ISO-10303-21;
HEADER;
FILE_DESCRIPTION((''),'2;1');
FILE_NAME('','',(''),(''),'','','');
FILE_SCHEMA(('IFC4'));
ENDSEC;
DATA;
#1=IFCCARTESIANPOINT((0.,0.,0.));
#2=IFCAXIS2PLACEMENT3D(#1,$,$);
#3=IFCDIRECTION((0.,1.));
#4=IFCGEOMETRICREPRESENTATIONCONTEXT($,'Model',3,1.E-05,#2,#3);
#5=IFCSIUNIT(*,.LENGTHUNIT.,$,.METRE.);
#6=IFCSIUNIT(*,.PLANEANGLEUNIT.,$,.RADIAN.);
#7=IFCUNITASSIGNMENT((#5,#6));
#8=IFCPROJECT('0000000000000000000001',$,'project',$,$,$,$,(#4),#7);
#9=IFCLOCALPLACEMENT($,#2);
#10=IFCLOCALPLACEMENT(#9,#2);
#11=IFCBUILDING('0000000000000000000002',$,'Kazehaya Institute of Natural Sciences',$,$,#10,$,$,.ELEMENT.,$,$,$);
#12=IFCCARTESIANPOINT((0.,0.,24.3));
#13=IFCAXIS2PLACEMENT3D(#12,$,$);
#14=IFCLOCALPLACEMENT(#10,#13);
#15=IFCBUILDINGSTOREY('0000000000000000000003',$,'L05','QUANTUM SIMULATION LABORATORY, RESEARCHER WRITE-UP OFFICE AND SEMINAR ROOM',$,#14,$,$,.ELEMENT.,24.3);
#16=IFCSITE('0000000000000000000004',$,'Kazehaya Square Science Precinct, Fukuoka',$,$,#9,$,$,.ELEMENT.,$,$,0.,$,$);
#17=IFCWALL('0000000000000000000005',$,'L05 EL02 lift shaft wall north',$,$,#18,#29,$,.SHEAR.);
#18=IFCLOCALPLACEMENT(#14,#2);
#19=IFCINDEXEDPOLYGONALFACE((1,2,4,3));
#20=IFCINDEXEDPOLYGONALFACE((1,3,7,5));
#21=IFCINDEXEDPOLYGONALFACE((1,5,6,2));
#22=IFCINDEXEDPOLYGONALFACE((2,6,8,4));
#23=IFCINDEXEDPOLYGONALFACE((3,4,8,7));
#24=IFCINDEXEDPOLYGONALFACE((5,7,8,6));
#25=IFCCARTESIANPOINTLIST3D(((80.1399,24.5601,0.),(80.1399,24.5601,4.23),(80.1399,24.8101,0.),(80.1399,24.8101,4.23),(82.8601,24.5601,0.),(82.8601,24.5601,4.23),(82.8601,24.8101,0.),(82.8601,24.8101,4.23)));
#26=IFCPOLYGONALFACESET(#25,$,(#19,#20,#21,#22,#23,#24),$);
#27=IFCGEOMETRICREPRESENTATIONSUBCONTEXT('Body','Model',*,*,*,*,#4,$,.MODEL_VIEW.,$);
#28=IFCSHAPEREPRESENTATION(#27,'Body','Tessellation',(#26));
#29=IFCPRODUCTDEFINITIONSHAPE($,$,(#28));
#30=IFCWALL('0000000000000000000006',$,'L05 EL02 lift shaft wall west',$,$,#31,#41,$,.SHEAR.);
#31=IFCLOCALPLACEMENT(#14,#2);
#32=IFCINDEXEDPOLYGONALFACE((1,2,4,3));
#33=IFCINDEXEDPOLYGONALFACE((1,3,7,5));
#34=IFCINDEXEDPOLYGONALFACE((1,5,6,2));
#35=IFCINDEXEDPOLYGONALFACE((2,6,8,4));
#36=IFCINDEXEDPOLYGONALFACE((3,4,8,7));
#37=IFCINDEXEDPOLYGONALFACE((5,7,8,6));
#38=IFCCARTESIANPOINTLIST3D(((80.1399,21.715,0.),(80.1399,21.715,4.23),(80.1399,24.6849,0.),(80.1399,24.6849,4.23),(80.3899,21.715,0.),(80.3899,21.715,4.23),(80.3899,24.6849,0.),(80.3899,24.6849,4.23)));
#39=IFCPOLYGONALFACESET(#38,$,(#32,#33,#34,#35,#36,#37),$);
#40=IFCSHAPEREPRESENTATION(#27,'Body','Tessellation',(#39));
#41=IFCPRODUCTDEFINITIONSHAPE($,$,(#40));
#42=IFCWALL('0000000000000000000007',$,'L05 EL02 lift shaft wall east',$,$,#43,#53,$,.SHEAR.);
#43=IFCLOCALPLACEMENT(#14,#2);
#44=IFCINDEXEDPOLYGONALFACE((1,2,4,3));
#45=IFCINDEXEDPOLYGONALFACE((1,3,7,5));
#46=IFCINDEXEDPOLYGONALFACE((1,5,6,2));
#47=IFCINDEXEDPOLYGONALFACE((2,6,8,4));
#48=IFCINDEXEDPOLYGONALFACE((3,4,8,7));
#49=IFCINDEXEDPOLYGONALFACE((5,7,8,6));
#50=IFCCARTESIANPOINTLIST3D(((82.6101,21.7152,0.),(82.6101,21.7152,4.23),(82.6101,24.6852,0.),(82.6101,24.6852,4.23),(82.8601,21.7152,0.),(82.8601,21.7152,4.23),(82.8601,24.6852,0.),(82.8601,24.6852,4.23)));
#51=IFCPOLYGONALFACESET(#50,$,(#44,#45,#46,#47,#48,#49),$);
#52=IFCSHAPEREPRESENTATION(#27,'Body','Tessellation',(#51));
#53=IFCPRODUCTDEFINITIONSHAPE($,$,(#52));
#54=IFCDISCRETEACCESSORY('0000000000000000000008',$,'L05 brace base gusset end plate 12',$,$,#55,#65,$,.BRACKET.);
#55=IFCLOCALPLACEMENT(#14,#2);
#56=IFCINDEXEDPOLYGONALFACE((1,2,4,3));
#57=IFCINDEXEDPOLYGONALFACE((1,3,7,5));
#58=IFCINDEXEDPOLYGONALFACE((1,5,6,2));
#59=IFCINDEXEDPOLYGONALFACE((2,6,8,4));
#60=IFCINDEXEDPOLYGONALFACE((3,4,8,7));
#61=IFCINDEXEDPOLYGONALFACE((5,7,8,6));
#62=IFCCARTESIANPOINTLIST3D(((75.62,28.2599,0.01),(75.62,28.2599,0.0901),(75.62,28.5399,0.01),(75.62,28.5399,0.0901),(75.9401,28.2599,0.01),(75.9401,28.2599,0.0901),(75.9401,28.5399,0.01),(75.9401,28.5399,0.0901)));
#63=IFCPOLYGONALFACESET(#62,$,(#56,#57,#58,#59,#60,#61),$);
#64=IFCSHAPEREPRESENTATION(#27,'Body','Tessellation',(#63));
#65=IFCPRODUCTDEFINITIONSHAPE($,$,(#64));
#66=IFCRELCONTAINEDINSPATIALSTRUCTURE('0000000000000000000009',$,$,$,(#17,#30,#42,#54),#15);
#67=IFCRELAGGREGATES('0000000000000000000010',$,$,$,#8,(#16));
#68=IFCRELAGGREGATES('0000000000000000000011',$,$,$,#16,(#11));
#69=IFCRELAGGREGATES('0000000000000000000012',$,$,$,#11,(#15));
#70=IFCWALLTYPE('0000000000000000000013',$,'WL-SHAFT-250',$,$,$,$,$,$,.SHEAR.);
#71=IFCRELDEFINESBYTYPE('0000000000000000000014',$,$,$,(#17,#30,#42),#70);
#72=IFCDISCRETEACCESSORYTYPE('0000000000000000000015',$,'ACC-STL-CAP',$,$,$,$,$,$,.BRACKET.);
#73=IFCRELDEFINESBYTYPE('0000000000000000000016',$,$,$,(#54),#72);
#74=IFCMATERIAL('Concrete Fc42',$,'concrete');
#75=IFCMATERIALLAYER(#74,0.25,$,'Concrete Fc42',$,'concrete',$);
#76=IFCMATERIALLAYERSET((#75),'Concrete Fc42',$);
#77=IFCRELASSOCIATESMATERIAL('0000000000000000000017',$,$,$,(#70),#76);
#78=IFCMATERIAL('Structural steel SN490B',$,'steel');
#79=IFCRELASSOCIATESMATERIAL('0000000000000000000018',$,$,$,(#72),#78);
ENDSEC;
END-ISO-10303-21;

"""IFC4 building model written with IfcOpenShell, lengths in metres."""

from ifc_helpers import new_model, si_unit, direction, frame, frame_2d, origin, origin_2d, place, context, subcontext, project, spatial, rectangle, extrude, material, layer, layer_set, type_object, element, save


model = new_model("IFC4")

# Units and contexts
model_context = context("Model", 3, precision=1e-05, world=origin(), true_north=direction((0.0, 1.0)))
body_context = subcontext(model_context, "Body", "Model", "MODEL_VIEW")
ifc_project = project(units=[si_unit("LENGTHUNIT", "METRE"), si_unit("PLANEANGLEUNIT", "RADIAN")], contexts=[model_context])

# Site, building, storey
site_placement = place(None, origin())
site = spatial("IfcSite", under=ifc_project, at=site_placement, Name="Kazehaya Square Science Precinct, Fukuoka", CompositionType="ELEMENT", RefElevation=0.0)
building_placement = place(site_placement, origin())
building = spatial("IfcBuilding", under=site, at=building_placement, Name="Kazehaya Institute of Natural Sciences", CompositionType="ELEMENT")
storey_placement = place(building_placement, frame((0.0, 0.0, 24.3)))
storey = spatial("IfcBuildingStorey", under=building, at=storey_placement, Name="L05", Description="QUANTUM SIMULATION LABORATORY, RESEARCHER WRITE-UP OFFICE AND SEMINAR ROOM", CompositionType="ELEMENT", Elevation=24.3)

# Shared definitions
ifc_material_1 = material(Name="Concrete Fc42", Category="concrete")

# Shared definitions
ifc_layer_1 = layer(ifc_material_1, 0.25, Name="Concrete Fc42", Category="concrete")
ifc_layer_set_1 = layer_set([ifc_layer_1], Name="Concrete Fc42")
wall_type_1 = type_object("IfcWallType", Name="WL-SHAFT-250", PredefinedType="SHEAR", material=ifc_layer_set_1)

# Walls
wall_1_placement = place(storey_placement, frame((80.1399, 24.6851, 0.0), z_axis=(0.0, 0.0, 1.0), x_axis=(1.0, 0.0, 0.0)))
element("IfcWall", 1, at=wall_1_placement, inside=storey, type_object=wall_type_1, Name="L05 EL02 lift shaft wall north", PredefinedType="SHEAR", context=body_context, shape_type="SweptSolid", body=[
    extrude(rectangle(XDim=2.7202, YDim=0.25, at=frame_2d((1.3601, 0.0))), origin(), (0.0, 0.0, 1.0), 4.23),
])
for number, where, z_axis, x_axis, name in (
    (2, (80.2649, 21.7151, 0.0), (0.0, 0.0, 1.0), (0.0, 1.0, 0.0), "L05 EL02 lift shaft wall west"),
    (3, (82.7351, 24.6851, 0.0), (0.0, 0.0, 1.0), (0.0, -1.0, 0.0), "L05 EL02 lift shaft wall east"),
):
    element("IfcWall", number, at=place(storey_placement, frame(where, z_axis=z_axis, x_axis=x_axis)), inside=storey, type_object=wall_type_1, Name=name, PredefinedType="SHEAR", context=body_context, shape_type="SweptSolid", body=[
        extrude(rectangle(XDim=2.97, YDim=0.25, at=frame_2d((1.4849, 0.0))), origin(), (0.0, 0.0, 1.0), 4.23),
    ])

# Discrete accessory
ifc_material_2 = material(Name="Structural steel SN490B", Category="steel")
discrete_accessory_type = type_object("IfcDiscreteAccessoryType", Name="ACC-STL-CAP", PredefinedType="BRACKET", material=ifc_material_2)
discrete_accessory_placement = place(storey_placement, frame((75.78, 28.3999, 0.01), z_axis=(0.0, 0.0, 1.0), x_axis=(1.0, 0.0, 0.0)))
element("IfcDiscreteAccessory", 4, at=discrete_accessory_placement, inside=storey, type_object=discrete_accessory_type, Name="L05 brace base gusset end plate 12", PredefinedType="BRACKET", context=body_context, shape_type="SweptSolid", body=[
    extrude(rectangle(XDim=0.3201, YDim=0.28, at=origin_2d()), origin(), (0.0, 0.0, 1.0), 0.0801),
])

save(model, "model.ifc")
